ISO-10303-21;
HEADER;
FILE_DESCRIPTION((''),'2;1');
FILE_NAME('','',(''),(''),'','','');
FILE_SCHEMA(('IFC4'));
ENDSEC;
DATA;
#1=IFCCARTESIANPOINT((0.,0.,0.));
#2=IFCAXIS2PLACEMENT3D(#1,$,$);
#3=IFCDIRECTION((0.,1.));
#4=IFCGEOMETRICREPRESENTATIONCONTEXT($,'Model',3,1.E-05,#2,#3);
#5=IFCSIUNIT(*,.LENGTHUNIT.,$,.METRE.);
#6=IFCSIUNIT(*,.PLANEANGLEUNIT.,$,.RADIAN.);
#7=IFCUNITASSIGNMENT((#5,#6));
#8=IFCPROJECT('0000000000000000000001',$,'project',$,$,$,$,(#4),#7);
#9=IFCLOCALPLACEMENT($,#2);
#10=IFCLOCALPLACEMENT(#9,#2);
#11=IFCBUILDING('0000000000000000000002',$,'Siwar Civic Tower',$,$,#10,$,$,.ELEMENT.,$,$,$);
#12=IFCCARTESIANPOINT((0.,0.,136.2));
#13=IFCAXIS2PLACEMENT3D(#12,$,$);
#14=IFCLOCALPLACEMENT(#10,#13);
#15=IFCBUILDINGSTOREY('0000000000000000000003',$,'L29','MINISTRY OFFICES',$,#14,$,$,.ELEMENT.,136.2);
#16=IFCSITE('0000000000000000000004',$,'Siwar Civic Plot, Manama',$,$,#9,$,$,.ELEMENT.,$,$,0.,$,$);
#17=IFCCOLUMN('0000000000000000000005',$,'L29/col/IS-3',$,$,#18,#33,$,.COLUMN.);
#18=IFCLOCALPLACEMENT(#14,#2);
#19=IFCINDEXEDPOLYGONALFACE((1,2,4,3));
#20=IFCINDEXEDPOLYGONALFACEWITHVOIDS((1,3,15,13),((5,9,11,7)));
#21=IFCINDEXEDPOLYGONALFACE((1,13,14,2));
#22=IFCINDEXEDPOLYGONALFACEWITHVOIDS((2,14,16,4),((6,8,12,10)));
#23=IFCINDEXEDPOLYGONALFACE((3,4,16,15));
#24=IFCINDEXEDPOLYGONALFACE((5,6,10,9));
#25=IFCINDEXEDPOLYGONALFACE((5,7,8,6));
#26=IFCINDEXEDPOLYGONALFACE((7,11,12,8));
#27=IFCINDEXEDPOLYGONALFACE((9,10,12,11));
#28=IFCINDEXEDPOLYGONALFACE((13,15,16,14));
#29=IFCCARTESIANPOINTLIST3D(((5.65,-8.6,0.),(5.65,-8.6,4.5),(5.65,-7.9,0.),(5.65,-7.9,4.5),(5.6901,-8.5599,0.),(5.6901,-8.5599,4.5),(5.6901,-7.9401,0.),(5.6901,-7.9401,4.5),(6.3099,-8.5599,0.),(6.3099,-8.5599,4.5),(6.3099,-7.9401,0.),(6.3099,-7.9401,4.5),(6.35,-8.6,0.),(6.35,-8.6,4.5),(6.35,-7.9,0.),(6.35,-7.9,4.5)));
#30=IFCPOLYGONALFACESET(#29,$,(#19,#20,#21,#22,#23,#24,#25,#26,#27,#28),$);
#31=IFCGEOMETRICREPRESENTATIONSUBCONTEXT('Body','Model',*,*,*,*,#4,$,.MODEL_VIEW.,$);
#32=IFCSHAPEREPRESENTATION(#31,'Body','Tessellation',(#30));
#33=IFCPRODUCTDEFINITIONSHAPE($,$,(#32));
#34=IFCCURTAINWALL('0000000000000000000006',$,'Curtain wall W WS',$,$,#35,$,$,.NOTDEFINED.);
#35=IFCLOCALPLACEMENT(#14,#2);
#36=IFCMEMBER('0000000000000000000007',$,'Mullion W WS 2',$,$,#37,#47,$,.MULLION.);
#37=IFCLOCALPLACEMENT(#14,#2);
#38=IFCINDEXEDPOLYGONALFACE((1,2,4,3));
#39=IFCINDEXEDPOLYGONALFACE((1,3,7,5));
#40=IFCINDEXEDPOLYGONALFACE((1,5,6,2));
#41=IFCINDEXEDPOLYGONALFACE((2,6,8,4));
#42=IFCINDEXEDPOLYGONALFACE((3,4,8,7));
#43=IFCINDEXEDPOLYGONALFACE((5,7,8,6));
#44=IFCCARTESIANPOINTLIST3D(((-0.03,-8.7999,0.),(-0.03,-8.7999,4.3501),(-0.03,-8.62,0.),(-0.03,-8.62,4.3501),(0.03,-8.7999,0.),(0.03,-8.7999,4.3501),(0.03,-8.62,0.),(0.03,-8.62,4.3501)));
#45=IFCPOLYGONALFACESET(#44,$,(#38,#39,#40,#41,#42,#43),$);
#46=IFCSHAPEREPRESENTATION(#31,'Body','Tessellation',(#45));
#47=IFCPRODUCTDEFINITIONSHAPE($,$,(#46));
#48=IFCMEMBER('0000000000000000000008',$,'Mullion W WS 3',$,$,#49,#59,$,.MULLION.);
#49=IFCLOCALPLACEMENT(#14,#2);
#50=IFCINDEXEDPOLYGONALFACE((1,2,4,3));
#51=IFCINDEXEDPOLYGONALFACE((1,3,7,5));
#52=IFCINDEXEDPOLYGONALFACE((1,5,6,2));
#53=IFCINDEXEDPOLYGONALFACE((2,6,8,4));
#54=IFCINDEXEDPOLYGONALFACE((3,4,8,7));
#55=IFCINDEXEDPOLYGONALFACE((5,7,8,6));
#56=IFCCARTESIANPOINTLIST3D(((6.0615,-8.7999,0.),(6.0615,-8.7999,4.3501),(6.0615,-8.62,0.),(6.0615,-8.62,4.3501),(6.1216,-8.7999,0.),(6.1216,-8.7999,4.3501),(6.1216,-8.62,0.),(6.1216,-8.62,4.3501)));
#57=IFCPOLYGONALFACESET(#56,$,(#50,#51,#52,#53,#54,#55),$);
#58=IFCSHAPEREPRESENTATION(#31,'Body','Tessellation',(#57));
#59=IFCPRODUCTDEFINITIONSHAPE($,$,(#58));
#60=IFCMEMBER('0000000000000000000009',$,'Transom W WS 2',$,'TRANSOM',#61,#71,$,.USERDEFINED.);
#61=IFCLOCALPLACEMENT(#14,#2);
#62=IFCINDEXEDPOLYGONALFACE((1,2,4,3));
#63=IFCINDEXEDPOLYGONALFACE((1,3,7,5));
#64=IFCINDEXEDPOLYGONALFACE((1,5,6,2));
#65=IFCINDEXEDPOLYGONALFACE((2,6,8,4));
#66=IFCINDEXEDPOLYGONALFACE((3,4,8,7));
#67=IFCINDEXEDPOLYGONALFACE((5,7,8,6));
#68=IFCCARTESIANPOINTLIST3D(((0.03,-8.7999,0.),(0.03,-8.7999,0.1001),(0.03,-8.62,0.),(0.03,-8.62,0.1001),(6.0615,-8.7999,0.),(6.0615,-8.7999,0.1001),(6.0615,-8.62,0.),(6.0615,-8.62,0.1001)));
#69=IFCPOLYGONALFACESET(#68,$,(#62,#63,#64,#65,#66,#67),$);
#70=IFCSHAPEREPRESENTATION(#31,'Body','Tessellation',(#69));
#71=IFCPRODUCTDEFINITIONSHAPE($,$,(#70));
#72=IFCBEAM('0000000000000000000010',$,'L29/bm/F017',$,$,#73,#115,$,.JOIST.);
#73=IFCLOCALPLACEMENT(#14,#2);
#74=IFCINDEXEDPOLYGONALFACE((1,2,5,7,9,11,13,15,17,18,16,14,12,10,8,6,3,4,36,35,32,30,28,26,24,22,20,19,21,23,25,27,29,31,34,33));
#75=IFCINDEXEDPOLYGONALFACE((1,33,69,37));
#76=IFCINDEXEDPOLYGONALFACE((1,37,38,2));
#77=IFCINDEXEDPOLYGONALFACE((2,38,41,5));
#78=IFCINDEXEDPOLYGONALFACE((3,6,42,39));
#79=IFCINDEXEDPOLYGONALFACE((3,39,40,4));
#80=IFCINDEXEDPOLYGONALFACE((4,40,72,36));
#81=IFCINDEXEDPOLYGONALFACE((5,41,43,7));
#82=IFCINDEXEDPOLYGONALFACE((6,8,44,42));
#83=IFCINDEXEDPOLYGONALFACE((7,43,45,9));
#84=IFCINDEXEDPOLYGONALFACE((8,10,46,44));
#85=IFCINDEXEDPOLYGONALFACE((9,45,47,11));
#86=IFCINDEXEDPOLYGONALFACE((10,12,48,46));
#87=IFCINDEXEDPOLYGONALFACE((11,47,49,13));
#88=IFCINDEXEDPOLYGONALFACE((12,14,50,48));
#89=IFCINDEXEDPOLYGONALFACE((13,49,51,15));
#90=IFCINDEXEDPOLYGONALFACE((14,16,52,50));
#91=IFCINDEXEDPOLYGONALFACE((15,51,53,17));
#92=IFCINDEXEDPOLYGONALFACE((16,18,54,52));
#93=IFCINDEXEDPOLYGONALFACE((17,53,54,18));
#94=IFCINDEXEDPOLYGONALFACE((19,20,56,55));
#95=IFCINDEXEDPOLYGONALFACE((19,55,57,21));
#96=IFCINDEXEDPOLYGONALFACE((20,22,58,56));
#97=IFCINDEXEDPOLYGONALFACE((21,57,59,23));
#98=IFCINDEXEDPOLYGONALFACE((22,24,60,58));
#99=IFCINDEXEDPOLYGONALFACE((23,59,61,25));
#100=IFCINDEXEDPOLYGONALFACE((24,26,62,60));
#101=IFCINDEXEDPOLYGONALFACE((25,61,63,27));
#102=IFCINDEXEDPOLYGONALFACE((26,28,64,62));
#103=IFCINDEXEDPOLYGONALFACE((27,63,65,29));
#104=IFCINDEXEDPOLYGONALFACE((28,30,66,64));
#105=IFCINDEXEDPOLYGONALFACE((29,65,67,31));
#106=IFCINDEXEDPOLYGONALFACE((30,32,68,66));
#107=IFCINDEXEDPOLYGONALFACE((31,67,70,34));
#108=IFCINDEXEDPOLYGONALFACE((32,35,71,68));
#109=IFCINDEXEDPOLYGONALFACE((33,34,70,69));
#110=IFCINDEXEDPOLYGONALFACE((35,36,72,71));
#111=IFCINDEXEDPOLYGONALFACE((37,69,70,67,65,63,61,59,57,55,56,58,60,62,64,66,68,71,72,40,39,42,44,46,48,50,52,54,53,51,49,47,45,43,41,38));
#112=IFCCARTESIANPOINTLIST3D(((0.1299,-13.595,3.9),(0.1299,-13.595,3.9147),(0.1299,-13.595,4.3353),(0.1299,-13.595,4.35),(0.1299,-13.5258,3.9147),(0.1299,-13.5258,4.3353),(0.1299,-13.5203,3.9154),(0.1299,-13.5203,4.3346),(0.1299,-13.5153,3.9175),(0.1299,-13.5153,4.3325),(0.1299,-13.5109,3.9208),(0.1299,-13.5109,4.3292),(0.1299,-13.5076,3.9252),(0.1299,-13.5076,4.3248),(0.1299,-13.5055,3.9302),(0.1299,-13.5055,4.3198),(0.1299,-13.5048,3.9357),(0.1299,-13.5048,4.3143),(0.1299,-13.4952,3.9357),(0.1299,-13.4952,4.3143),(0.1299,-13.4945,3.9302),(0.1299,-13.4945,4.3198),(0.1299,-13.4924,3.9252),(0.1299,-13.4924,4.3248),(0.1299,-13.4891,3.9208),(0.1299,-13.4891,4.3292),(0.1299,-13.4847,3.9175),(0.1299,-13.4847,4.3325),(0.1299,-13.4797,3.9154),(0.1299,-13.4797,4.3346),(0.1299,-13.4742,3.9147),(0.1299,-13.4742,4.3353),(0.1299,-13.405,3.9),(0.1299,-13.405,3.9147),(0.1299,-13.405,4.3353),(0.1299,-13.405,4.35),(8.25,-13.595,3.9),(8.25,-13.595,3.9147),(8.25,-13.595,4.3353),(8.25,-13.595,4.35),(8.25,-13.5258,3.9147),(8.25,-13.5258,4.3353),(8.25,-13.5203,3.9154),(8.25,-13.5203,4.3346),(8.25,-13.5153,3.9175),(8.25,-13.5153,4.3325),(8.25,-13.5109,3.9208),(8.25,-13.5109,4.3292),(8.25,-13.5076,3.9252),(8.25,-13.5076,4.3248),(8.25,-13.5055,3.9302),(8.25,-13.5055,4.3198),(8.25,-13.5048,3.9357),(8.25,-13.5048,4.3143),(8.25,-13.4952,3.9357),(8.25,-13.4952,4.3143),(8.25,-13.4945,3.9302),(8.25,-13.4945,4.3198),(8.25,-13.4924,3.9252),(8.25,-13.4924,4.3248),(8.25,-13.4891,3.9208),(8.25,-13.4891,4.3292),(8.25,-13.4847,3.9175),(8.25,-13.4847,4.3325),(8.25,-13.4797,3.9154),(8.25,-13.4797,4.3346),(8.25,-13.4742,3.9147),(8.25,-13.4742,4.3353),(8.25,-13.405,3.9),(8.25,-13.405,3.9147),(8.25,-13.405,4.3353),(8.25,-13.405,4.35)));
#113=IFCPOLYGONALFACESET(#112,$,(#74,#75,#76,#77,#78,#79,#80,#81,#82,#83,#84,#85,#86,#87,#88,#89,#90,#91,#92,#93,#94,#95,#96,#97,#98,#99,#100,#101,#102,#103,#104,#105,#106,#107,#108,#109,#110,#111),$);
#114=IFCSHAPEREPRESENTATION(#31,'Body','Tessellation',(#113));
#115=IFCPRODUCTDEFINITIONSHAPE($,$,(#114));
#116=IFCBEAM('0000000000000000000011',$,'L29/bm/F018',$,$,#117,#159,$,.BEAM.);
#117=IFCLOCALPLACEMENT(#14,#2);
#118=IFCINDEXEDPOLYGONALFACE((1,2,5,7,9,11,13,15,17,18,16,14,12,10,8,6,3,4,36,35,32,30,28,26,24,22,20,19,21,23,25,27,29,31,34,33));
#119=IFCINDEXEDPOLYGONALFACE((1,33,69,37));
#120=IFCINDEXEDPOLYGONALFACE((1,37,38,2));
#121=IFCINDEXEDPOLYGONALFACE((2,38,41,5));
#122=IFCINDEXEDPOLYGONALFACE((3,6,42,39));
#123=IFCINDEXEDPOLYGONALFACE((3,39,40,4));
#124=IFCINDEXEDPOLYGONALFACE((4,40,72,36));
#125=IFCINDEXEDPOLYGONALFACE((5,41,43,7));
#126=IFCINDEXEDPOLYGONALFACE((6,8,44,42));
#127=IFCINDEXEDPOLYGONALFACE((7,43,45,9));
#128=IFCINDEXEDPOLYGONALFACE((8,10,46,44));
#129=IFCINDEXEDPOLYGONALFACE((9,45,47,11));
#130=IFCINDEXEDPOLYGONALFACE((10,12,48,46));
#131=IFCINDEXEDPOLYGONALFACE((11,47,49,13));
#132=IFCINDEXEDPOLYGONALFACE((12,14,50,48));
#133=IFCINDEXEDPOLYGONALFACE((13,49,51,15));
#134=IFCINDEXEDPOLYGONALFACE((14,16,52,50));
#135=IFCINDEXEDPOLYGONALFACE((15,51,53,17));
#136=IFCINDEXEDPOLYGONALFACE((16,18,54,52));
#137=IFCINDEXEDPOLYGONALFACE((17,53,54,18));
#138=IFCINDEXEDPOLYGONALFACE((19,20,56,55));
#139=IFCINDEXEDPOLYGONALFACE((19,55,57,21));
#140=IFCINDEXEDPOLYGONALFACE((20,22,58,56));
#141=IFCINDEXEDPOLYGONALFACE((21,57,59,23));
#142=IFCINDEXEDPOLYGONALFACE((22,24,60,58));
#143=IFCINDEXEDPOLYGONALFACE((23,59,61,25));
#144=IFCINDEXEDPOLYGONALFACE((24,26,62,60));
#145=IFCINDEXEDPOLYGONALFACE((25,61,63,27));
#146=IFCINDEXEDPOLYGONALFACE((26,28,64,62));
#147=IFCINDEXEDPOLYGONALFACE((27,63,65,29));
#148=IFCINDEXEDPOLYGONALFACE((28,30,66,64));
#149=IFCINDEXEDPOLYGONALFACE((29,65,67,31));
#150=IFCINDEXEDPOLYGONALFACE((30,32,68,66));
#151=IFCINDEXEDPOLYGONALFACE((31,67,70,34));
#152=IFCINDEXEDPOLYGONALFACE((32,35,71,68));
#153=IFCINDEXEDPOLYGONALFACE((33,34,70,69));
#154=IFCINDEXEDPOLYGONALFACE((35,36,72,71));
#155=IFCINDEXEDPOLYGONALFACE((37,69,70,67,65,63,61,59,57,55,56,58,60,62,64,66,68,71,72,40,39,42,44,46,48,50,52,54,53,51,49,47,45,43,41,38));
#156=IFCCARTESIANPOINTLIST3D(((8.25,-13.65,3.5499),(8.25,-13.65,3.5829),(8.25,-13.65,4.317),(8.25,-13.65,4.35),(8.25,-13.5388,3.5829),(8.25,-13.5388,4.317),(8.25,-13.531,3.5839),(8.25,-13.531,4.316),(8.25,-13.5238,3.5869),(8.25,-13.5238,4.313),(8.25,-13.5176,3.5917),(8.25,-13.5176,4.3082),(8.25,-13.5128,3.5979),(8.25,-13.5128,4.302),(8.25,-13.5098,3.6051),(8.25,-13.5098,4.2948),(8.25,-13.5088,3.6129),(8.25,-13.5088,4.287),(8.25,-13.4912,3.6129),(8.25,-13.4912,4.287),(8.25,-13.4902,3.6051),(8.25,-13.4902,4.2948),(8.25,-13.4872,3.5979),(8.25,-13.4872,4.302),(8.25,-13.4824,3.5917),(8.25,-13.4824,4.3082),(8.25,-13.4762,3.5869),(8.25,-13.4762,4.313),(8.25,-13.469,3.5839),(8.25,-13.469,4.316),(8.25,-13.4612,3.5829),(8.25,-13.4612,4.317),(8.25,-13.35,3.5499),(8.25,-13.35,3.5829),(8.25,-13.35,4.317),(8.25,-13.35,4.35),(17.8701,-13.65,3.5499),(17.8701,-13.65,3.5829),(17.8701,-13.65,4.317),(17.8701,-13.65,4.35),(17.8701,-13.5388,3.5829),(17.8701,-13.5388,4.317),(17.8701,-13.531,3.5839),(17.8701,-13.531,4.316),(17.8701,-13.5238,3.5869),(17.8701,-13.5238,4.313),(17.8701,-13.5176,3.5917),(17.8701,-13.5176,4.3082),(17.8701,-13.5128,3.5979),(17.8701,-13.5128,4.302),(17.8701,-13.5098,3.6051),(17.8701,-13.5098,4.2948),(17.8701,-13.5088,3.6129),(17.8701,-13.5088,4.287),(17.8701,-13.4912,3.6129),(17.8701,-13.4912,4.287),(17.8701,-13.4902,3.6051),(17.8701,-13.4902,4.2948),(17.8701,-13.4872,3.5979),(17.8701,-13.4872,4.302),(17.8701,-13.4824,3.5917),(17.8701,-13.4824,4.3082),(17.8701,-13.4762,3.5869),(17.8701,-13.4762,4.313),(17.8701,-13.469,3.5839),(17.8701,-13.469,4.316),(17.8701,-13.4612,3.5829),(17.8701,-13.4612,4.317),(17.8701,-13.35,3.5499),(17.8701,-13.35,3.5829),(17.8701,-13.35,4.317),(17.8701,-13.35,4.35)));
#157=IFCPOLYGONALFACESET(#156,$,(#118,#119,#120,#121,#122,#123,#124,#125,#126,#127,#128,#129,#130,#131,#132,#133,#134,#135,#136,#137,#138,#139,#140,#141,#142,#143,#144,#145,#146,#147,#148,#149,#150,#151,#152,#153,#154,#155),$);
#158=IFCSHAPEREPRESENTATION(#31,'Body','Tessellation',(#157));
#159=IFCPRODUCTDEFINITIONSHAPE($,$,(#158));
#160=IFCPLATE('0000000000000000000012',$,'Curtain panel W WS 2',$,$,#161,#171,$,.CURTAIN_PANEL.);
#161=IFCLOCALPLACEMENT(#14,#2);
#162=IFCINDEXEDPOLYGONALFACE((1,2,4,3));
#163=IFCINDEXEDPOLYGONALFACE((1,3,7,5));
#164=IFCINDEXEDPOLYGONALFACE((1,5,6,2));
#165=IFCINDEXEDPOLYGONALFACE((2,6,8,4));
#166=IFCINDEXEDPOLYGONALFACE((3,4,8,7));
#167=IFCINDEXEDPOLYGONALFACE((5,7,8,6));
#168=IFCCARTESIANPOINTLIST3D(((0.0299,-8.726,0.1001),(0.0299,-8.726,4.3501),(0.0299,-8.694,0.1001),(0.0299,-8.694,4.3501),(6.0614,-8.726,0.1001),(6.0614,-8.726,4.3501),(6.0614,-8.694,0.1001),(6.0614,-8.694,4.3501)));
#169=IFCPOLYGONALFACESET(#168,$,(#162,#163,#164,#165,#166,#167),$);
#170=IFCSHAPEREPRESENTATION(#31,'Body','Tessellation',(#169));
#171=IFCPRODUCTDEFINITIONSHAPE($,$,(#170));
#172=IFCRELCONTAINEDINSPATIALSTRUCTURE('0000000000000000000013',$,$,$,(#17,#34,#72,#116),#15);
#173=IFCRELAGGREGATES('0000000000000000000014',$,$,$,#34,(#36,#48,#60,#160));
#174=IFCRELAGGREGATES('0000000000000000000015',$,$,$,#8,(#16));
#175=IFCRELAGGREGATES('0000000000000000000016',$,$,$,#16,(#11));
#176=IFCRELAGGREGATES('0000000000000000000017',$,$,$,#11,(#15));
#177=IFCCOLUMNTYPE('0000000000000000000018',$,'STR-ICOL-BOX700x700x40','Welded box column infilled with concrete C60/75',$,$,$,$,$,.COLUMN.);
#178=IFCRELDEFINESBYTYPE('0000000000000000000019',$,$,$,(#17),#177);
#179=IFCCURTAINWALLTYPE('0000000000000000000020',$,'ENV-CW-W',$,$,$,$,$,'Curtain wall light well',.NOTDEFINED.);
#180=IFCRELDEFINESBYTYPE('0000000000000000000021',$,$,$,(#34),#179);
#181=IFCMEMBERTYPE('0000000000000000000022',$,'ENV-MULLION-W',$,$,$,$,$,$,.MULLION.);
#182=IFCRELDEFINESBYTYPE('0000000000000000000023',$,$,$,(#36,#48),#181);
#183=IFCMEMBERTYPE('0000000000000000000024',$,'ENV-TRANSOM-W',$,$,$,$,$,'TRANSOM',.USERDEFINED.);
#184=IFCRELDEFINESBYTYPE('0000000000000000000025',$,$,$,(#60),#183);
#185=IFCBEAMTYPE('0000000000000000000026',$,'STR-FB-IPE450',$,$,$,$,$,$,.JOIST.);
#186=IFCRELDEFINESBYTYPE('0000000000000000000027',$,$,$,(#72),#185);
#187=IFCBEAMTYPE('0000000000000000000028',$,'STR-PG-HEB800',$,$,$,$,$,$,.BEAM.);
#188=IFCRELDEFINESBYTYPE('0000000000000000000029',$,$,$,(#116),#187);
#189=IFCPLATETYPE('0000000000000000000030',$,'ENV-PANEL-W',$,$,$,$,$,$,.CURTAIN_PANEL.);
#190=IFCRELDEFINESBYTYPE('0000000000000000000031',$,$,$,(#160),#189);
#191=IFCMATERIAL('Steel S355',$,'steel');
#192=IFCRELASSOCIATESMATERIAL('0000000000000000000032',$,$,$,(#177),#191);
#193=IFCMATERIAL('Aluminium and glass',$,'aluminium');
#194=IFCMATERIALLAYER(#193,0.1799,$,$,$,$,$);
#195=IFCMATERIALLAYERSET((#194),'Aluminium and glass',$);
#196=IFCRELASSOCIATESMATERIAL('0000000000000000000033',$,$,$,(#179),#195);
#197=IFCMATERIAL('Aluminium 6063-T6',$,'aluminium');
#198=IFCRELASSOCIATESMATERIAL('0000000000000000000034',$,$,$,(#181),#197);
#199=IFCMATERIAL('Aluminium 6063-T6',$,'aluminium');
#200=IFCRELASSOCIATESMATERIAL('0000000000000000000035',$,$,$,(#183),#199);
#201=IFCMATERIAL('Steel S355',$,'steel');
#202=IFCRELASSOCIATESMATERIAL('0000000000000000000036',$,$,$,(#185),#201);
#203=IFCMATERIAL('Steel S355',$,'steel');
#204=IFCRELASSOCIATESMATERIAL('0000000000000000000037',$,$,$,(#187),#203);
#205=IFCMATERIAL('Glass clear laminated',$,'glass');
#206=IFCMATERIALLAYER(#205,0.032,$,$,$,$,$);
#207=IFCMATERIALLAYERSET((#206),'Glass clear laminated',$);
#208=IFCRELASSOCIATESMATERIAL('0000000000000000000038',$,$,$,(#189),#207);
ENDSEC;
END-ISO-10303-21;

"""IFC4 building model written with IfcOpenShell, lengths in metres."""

from ifc_helpers import new_model, si_unit, direction, frame, origin, origin_2d, place, context, subcontext, project, spatial, rectangle, hollow_rectangle, i_section, extrude, material, layer, layer_set, material_profile, profile_set, type_object, element, aggregate, save


model = new_model("IFC4")

# Units and contexts
model_context = context("Model", 3, precision=1e-05, world=origin(), true_north=direction((0.0, 1.0)))
body_context = subcontext(model_context, "Body", "Model", "MODEL_VIEW")
ifc_project = project(units=[si_unit("LENGTHUNIT", "METRE"), si_unit("PLANEANGLEUNIT", "RADIAN")], contexts=[model_context])

# Site, building, storey
site_placement = place(None, origin())
site = spatial("IfcSite", under=ifc_project, at=site_placement, Name="Siwar Civic Plot, Manama", CompositionType="ELEMENT", RefElevation=0.0)
building_placement = place(site_placement, origin())
building = spatial("IfcBuilding", under=site, at=building_placement, Name="Siwar Civic Tower", CompositionType="ELEMENT")
storey_placement = place(building_placement, frame((0.0, 0.0, 136.2)))
storey = spatial("IfcBuildingStorey", under=building, at=storey_placement, Name="L29", Description="MINISTRY OFFICES", CompositionType="ELEMENT", Elevation=136.2)

# Column
ifc_material_1 = material(Name="Steel S355", Category="steel")
ifc_material_profile_1 = material_profile(ifc_material_1, hollow_rectangle(XDim=0.7, YDim=0.7, WallThickness=0.04, at=origin_2d()), Name="BOX700x700x40")
ifc_profile_set_1 = profile_set([ifc_material_profile_1], Name="Steel S355")
column_type = type_object("IfcColumnType", Name="STR-ICOL-BOX700x700x40", Description="Welded box column infilled with concrete C60/75", PredefinedType="COLUMN", material=ifc_profile_set_1)
column_placement = place(storey_placement, frame((6.0, -8.25, 0.0), z_axis=(0.0, 0.0, 1.0), x_axis=(1.0, 0.0, 0.0)))
element("IfcColumn", 1, at=column_placement, inside=storey, type_object=column_type, Name="L29/col/IS-3", PredefinedType="COLUMN", context=body_context, shape_type="SweptSolid", body=[
    extrude(hollow_rectangle(XDim=0.7, YDim=0.7, WallThickness=0.04, at=origin_2d()), origin(), (0.0, 0.0, 1.0), 4.5),
])

# Curtain wall, members
ifc_material_2 = material(Name="Aluminium and glass", Category="aluminium")
ifc_layer_1 = layer(ifc_material_2, 0.1799)
ifc_layer_set_1 = layer_set([ifc_layer_1], Name="Aluminium and glass")
curtain_wall_type = type_object("IfcCurtainWallType", Name="ENV-CW-W", ElementType="Curtain wall light well", PredefinedType="NOTDEFINED", material=ifc_layer_set_1)
curtain_wall_placement = place(storey_placement, origin())
curtain_wall = element("IfcCurtainWall", 2, at=curtain_wall_placement, inside=storey, type_object=curtain_wall_type, Name="Curtain wall W WS", PredefinedType="NOTDEFINED")
ifc_material_3 = material(Name="Aluminium 6063-T6", Category="aluminium")
ifc_material_profile_2 = material_profile(ifc_material_3, rectangle(XDim=0.1799, YDim=0.0601, at=origin_2d()), Name="AL 180x60")
ifc_profile_set_2 = profile_set([ifc_material_profile_2], Name="Aluminium 6063-T6")
member_type_1 = type_object("IfcMemberType", Name="ENV-MULLION-W", PredefinedType="MULLION", material=ifc_profile_set_2)
member_1_placement = place(storey_placement, frame((0.0, -8.71, 0.0), z_axis=(0.0, 0.0, 1.0), x_axis=(0.0, 1.0, 0.0)))
member_1 = element("IfcMember", 3, at=member_1_placement, type_object=member_type_1, Name="Mullion W WS 2", PredefinedType="MULLION", context=body_context, shape_type="SweptSolid", body=[
    extrude(rectangle(XDim=0.1799, YDim=0.0601, at=origin_2d()), origin(), (0.0, 0.0, 1.0), 4.3501),
])
member_2_placement = place(storey_placement, frame((6.0916, -8.71, 0.0), z_axis=(0.0, 0.0, 1.0), x_axis=(0.0, 1.0, 0.0)))
member_2 = element("IfcMember", 4, at=member_2_placement, type_object=member_type_1, Name="Mullion W WS 3", PredefinedType="MULLION", context=body_context, shape_type="SweptSolid", body=[
    extrude(rectangle(XDim=0.1799, YDim=0.0601, at=origin_2d()), origin(), (0.0, 0.0, 1.0), 4.3501),
])
ifc_material_4 = material(Name="Aluminium 6063-T6", Category="aluminium")
ifc_material_profile_3 = material_profile(ifc_material_4, rectangle(XDim=0.1799, YDim=0.1001, at=origin_2d()), Name="AL 180x100")
ifc_profile_set_3 = profile_set([ifc_material_profile_3], Name="Aluminium 6063-T6")
member_type_2 = type_object("IfcMemberType", Name="ENV-TRANSOM-W", ElementType="TRANSOM", PredefinedType="USERDEFINED", material=ifc_profile_set_3)
member_3_placement = place(storey_placement, frame((0.03, -8.71, 0.05), z_axis=(1.0, 0.0, 0.0), x_axis=(0.0, 1.0, 0.0)))
member_3 = element("IfcMember", 5, at=member_3_placement, type_object=member_type_2, Name="Transom W WS 2", ObjectType="TRANSOM", PredefinedType="USERDEFINED", context=body_context, shape_type="SweptSolid", body=[
    extrude(rectangle(XDim=0.1799, YDim=0.1001, at=origin_2d()), origin(), (0.0, 0.0, 1.0), 6.0315),
])

# Beams
ifc_material_5 = material(Name="Steel S355", Category="steel")
ifc_material_profile_4 = material_profile(ifc_material_5, i_section(OverallWidth=0.1899, OverallDepth=0.45, WebThickness=0.0095, FlangeThickness=0.0146, FilletRadius=0.021, at=origin_2d()), Name="IPE450")
ifc_profile_set_4 = profile_set([ifc_material_profile_4], Name="Steel S355")
beam_type_1 = type_object("IfcBeamType", Name="STR-FB-IPE450", PredefinedType="JOIST", material=ifc_profile_set_4)
beam_1_placement = place(storey_placement, frame((0.1299, -13.5, 4.125), z_axis=(1.0, 0.0, 0.0), x_axis=(0.0, 1.0, 0.0)))
element("IfcBeam", 6, at=beam_1_placement, inside=storey, type_object=beam_type_1, Name="L29/bm/F017", PredefinedType="JOIST", context=body_context, shape_type="SweptSolid", body=[
    extrude(i_section(OverallWidth=0.1899, OverallDepth=0.45, WebThickness=0.0095, FlangeThickness=0.0146, FilletRadius=0.021, at=origin_2d()), origin(), (0.0, 0.0, 1.0), 8.1201),
])
ifc_material_6 = material(Name="Steel S355", Category="steel")
ifc_material_profile_5 = material_profile(ifc_material_6, i_section(OverallWidth=0.3, OverallDepth=0.8, WebThickness=0.0176, FlangeThickness=0.033, FilletRadius=0.03, at=origin_2d()), Name="HEB800")
ifc_profile_set_5 = profile_set([ifc_material_profile_5], Name="Steel S355")
beam_type_2 = type_object("IfcBeamType", Name="STR-PG-HEB800", PredefinedType="BEAM", material=ifc_profile_set_5)
beam_2_placement = place(storey_placement, frame((8.25, -13.5, 3.95), z_axis=(1.0, 0.0, 0.0), x_axis=(0.0, 1.0, 0.0)))
element("IfcBeam", 7, at=beam_2_placement, inside=storey, type_object=beam_type_2, Name="L29/bm/F018", PredefinedType="BEAM", context=body_context, shape_type="SweptSolid", body=[
    extrude(i_section(OverallWidth=0.3, OverallDepth=0.8, WebThickness=0.0176, FlangeThickness=0.033, FilletRadius=0.03, at=origin_2d()), origin(), (0.0, 0.0, 1.0), 9.6201),
])

# Plate
ifc_material_7 = material(Name="Glass clear laminated", Category="glass")
ifc_layer_2 = layer(ifc_material_7, 0.032)
ifc_layer_set_2 = layer_set([ifc_layer_2], Name="Glass clear laminated")
plate_type = type_object("IfcPlateType", Name="ENV-PANEL-W", PredefinedType="CURTAIN_PANEL", material=ifc_layer_set_2)
plate_placement = place(storey_placement, frame((3.0457, -8.71, 0.1001), z_axis=(0.0, 0.0, 1.0), x_axis=(1.0, 0.0, 0.0)))
plate = element("IfcPlate", 8, at=plate_placement, type_object=plate_type, Name="Curtain panel W WS 2", PredefinedType="CURTAIN_PANEL", context=body_context, shape_type="SweptSolid", body=[
    extrude(rectangle(XDim=6.0315, YDim=0.032, at=origin_2d()), origin(), (0.0, 0.0, 1.0), 4.25),
])
aggregate(curtain_wall, [member_1, member_2, member_3, plate])

save(model, "model.ifc")
